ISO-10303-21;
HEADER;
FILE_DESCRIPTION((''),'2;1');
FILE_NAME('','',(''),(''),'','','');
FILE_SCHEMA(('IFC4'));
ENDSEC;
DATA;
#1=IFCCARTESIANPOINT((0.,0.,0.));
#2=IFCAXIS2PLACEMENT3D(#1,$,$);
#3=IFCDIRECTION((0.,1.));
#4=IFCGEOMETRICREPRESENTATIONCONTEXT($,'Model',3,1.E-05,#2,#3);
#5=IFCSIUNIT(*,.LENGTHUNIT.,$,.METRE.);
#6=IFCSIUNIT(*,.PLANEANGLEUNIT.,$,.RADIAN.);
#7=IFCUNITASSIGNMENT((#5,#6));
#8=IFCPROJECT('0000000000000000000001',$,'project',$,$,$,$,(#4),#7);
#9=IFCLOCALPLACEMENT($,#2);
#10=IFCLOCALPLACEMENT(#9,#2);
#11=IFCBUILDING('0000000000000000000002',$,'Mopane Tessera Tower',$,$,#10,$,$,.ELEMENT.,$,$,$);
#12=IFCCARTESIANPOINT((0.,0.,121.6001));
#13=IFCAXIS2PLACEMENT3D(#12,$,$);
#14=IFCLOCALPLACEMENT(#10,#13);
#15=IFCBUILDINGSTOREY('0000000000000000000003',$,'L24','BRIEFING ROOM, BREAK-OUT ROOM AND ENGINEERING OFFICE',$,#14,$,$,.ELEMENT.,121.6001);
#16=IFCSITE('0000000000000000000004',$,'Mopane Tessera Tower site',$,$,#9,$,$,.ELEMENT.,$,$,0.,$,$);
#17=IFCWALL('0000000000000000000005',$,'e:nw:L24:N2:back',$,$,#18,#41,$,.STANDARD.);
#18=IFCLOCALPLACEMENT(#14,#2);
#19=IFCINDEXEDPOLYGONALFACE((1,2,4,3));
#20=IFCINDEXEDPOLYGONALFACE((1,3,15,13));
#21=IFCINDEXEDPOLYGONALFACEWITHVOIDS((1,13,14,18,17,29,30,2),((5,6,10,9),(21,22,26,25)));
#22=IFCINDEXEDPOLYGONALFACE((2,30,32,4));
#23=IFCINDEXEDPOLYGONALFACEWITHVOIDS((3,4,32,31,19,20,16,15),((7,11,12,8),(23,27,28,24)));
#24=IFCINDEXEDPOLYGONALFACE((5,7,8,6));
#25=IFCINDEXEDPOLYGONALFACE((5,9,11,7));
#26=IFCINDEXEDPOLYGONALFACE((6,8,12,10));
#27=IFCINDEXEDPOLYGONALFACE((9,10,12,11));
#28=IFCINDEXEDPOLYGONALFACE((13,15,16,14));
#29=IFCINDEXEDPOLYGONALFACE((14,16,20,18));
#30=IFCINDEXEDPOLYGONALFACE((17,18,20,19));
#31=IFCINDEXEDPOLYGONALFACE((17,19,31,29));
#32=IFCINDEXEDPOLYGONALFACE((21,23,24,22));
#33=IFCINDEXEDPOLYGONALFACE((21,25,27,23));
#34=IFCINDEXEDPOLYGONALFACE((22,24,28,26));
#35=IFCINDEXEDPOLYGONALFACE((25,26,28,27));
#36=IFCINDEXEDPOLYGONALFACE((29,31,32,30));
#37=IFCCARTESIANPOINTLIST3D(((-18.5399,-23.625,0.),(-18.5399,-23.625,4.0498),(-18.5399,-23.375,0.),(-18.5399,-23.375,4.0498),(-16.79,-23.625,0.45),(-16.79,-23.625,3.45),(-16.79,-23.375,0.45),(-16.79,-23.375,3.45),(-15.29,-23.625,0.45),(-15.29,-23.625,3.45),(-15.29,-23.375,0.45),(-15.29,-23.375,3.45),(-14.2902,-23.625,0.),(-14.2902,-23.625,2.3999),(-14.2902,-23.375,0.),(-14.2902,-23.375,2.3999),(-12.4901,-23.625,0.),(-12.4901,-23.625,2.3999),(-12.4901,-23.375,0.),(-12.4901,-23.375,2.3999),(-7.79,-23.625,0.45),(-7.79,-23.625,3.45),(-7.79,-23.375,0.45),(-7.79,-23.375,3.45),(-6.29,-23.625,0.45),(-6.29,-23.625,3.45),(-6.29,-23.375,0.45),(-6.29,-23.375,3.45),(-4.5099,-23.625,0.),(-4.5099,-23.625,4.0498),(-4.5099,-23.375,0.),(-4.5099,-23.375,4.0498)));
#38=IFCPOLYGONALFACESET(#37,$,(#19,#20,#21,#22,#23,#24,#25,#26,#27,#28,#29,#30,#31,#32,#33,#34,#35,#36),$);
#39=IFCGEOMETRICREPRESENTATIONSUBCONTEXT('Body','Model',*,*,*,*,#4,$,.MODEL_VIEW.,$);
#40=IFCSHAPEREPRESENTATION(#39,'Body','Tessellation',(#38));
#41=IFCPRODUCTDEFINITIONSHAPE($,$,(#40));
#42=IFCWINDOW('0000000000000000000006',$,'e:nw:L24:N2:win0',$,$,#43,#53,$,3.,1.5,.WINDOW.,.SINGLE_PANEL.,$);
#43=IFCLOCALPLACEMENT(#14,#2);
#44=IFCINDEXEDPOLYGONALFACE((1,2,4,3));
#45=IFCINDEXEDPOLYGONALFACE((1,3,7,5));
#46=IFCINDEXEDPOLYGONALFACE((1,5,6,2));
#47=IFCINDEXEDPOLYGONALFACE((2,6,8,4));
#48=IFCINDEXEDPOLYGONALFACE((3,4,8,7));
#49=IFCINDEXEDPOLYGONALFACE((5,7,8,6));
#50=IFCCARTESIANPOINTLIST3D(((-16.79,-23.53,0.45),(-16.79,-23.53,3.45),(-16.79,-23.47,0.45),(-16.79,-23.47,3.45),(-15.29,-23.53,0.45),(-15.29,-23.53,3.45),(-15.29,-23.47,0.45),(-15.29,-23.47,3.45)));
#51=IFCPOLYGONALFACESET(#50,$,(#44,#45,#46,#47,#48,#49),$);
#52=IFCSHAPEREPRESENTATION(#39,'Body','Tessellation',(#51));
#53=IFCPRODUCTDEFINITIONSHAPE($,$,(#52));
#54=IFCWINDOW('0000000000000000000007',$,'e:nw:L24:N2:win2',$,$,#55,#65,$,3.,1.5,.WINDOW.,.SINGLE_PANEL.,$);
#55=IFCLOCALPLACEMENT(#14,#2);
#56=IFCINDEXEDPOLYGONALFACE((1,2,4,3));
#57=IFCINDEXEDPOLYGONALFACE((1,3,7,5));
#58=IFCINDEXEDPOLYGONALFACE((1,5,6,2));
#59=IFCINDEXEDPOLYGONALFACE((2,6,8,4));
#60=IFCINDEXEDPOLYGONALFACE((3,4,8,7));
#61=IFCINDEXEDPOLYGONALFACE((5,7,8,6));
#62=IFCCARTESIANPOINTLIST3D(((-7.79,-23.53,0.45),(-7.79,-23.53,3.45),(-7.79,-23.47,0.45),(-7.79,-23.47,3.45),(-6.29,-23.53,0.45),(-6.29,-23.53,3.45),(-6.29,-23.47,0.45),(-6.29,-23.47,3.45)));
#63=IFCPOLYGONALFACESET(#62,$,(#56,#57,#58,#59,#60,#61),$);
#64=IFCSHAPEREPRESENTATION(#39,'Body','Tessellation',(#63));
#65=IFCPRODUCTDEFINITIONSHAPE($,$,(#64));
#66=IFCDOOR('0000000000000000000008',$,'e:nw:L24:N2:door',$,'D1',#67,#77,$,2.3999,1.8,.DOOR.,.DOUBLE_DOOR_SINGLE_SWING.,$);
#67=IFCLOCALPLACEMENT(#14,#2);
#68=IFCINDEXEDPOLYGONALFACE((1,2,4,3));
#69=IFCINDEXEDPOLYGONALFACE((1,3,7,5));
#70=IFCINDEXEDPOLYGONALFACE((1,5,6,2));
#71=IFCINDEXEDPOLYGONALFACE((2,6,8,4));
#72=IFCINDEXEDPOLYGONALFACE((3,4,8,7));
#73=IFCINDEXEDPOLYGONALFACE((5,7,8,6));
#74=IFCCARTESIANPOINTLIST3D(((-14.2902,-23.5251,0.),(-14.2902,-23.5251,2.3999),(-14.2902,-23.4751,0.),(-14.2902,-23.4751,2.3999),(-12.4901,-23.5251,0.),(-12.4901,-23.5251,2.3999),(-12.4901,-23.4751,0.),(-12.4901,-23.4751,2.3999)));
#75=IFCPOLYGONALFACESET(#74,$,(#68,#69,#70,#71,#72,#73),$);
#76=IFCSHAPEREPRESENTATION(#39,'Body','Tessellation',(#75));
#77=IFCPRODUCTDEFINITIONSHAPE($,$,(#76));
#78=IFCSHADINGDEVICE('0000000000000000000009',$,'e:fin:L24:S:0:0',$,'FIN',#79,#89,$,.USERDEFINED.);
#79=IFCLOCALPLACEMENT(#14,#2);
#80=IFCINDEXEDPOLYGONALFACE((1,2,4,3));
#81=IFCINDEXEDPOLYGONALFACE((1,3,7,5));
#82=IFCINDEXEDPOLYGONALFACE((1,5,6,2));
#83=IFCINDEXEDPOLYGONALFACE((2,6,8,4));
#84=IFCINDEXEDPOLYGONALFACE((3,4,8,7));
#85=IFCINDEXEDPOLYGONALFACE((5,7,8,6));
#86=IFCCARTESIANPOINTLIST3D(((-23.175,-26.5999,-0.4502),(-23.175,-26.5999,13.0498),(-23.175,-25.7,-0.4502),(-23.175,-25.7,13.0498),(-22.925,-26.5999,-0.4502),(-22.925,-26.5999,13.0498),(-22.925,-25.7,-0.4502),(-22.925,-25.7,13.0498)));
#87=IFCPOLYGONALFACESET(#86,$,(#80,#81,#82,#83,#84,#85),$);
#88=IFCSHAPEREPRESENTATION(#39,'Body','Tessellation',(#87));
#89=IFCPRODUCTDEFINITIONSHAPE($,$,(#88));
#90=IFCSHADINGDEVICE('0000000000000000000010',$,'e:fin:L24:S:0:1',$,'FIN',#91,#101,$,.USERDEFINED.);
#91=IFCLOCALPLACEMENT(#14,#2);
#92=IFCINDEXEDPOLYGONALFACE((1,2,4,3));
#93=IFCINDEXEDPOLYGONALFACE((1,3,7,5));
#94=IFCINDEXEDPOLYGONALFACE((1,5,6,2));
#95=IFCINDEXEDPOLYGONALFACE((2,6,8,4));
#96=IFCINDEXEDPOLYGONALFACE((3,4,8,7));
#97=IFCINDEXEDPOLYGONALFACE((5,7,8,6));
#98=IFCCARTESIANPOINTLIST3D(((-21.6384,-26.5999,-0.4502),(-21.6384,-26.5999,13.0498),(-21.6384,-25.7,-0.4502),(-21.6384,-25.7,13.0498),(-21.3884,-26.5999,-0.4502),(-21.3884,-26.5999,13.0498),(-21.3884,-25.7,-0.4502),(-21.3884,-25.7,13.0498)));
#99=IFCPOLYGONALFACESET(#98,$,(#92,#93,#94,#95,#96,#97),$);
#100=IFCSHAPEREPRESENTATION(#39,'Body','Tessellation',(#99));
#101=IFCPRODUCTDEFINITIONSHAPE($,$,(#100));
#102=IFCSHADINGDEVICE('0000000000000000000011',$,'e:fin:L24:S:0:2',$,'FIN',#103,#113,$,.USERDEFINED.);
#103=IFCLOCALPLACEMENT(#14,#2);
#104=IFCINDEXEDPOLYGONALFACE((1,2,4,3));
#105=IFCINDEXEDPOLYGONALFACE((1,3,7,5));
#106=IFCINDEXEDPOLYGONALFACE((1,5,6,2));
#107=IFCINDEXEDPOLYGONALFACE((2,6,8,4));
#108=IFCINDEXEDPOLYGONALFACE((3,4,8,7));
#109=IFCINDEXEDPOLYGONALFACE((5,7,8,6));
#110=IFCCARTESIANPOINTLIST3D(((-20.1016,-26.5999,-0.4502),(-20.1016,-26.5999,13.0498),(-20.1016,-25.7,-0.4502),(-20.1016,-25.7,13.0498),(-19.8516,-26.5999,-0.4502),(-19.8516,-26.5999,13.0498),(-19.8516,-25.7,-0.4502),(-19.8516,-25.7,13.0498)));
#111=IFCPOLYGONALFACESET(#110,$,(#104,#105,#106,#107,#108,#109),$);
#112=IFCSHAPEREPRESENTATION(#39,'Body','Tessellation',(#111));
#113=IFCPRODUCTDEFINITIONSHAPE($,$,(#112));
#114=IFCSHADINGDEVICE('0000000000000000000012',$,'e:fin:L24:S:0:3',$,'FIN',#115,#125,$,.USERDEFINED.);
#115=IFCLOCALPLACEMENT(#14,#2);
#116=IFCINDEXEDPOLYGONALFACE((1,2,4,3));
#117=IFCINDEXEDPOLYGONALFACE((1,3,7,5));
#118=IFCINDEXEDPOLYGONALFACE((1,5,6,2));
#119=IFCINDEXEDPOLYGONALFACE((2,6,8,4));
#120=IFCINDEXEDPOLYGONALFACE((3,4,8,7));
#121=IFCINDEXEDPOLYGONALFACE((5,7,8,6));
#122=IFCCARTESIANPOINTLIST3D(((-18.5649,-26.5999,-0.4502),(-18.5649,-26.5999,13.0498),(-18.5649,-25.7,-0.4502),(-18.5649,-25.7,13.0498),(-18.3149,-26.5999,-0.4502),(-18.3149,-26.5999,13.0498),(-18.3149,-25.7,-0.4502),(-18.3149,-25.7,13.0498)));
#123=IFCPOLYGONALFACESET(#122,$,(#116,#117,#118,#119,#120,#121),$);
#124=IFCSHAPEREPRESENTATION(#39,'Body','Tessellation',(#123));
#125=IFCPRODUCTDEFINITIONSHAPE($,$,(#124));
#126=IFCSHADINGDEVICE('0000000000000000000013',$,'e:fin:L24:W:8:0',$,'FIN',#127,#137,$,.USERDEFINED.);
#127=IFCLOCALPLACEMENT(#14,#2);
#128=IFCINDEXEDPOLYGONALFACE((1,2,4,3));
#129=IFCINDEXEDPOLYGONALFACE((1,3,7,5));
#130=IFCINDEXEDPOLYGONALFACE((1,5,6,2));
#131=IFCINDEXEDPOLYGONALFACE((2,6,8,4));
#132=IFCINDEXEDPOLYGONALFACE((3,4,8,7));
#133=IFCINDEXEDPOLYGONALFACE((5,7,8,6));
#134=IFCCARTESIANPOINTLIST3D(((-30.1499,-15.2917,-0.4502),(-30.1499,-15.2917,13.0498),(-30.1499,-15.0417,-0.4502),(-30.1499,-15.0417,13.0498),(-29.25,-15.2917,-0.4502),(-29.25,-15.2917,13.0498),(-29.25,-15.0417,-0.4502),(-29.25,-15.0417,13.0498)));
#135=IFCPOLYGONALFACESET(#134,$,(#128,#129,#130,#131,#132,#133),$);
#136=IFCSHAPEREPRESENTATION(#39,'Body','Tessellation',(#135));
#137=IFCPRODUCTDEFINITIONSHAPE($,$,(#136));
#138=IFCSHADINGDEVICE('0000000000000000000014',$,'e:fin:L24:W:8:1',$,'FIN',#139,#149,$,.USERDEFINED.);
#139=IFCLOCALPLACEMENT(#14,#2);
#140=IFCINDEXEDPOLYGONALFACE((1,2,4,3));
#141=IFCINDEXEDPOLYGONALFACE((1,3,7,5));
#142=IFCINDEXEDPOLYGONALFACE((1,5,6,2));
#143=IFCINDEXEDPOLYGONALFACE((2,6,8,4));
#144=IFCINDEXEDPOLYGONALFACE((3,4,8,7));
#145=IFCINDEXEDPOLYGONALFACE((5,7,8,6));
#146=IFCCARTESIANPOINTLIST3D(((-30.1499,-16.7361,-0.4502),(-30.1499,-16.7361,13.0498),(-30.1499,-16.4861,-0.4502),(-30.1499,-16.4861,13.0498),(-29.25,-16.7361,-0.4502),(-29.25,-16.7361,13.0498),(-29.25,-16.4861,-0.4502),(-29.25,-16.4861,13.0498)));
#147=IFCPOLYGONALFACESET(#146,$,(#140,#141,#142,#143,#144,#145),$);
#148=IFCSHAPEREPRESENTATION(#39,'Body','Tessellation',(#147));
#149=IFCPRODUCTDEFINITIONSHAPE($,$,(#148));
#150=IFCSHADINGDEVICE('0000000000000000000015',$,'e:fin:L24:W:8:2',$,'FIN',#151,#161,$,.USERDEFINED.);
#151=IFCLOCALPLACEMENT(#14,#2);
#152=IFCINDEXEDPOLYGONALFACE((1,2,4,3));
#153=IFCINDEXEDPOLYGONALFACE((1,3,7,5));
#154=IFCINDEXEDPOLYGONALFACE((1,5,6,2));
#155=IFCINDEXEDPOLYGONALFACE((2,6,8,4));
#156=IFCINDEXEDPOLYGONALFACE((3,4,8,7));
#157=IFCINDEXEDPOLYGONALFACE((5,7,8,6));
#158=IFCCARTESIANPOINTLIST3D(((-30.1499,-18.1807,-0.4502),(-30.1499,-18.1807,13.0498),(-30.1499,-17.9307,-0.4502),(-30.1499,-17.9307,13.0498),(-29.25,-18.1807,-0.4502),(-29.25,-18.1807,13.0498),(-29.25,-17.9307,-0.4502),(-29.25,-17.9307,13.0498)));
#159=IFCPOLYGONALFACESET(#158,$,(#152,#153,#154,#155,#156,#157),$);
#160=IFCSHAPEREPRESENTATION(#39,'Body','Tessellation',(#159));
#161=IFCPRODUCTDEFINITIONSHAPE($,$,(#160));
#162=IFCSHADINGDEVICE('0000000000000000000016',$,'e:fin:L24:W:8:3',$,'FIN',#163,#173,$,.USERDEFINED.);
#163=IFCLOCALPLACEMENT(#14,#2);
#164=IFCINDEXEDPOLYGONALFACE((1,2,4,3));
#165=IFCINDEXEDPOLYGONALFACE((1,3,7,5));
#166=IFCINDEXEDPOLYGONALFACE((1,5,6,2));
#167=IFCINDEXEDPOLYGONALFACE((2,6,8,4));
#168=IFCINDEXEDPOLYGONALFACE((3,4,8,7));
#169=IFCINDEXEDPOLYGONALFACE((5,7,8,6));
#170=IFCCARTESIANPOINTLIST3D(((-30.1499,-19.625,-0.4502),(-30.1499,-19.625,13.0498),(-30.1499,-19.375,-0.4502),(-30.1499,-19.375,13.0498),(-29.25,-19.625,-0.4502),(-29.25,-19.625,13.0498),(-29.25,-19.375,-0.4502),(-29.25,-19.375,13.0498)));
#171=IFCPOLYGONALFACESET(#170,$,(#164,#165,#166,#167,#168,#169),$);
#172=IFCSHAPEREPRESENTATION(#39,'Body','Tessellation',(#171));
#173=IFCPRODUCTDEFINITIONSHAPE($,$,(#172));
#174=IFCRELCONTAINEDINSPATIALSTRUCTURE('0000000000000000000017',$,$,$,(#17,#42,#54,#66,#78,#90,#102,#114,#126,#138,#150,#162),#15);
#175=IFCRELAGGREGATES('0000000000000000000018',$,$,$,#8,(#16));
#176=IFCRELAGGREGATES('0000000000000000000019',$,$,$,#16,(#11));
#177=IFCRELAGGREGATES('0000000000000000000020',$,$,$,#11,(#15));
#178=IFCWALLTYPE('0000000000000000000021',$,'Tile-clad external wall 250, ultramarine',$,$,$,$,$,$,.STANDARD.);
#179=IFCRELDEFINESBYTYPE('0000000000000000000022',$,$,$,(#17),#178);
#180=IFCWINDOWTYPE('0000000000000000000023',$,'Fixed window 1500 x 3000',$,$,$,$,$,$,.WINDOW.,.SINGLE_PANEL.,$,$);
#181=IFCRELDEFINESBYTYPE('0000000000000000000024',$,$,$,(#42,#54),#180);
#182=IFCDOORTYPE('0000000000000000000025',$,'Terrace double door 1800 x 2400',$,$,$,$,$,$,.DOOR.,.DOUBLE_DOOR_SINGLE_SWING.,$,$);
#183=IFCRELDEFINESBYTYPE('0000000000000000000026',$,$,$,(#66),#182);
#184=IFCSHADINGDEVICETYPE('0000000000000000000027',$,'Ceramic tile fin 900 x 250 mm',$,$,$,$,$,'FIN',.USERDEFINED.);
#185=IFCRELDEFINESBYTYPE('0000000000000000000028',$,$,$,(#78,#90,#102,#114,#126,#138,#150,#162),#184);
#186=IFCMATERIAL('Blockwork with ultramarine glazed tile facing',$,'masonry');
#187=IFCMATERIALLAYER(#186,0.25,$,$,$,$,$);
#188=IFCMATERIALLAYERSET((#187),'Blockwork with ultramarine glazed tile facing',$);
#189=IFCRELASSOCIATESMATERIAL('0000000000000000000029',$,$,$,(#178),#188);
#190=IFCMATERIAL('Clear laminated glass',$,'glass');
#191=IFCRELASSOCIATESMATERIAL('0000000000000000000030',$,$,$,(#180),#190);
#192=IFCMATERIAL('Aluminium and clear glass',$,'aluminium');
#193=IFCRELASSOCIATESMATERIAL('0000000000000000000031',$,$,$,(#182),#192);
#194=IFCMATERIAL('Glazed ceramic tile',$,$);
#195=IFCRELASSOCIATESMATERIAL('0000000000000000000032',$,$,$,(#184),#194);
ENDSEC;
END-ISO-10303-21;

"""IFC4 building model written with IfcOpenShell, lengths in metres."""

from ifc_helpers import new_model, si_unit, direction, frame, frame_2d, origin, origin_2d, place, context, subcontext, project, spatial, rectangle, extrude, material, layer, layer_set, type_object, element, fill, save


model = new_model("IFC4")

# Units and contexts
model_context = context("Model", 3, precision=1e-05, world=origin(), true_north=direction((0.0, 1.0)))
body_context = subcontext(model_context, "Body", "Model", "MODEL_VIEW")
ifc_project = project(units=[si_unit("LENGTHUNIT", "METRE"), si_unit("PLANEANGLEUNIT", "RADIAN")], contexts=[model_context])

# Site, building, storey
site_placement = place(None, origin())
site = spatial("IfcSite", under=ifc_project, at=site_placement, Name="Mopane Tessera Tower site", CompositionType="ELEMENT", RefElevation=0.0)
building_placement = place(site_placement, origin())
building = spatial("IfcBuilding", under=site, at=building_placement, Name="Mopane Tessera Tower", CompositionType="ELEMENT")
storey_placement = place(building_placement, frame((0.0, 0.0, 121.6001)))
storey = spatial("IfcBuildingStorey", under=building, at=storey_placement, Name="L24", Description="BRIEFING ROOM, BREAK-OUT ROOM AND ENGINEERING OFFICE", CompositionType="ELEMENT", Elevation=121.6001)

# Wall, openings, windows, door
ifc_material_1 = material(Name="Blockwork with ultramarine glazed tile facing", Category="masonry")
ifc_layer_1 = layer(ifc_material_1, 0.25)
ifc_layer_set_1 = layer_set([ifc_layer_1], Name="Blockwork with ultramarine glazed tile facing")
wall_type_1 = type_object("IfcWallType", Name="Tile-clad external wall 250, ultramarine", PredefinedType="STANDARD", material=ifc_layer_set_1)
wall_1_placement = place(storey_placement, frame((-18.54, -23.5, 0.0), z_axis=(0.0, 0.0, 1.0), x_axis=(1.0, 0.0, 0.0)))
wall_1 = element("IfcWall", 1, at=wall_1_placement, inside=storey, type_object=wall_type_1, Name="e:nw:L24:N2:back", PredefinedType="STANDARD", context=body_context, shape_type="SweptSolid", body=[
    extrude(rectangle(XDim=14.03, YDim=0.25, at=frame_2d((7.0151, 0.0))), origin(), (0.0, 0.0, 1.0), 4.0498),
])
opening_1_placement = place(wall_1_placement, frame((1.75, 0.0, 0.45)))
opening_1 = element("IfcOpeningElement", 2, at=opening_1_placement, cuts=wall_1, PredefinedType="OPENING", context=body_context, shape_type="SweptSolid", body=[
    extrude(rectangle(XDim=1.5, YDim=3.0, at=frame_2d((0.75, 1.5))), frame((0.0, 0.137, 0.0), z_axis=(0.0, -1.0, 0.0), x_axis=(1.0, 0.0, 0.0)), (0.0, 0.0, 1.0), 0.2739),
])
opening_2_placement = place(wall_1_placement, frame((4.25, 0.0, 0.0)))
opening_2 = element("IfcOpeningElement", 3, at=opening_2_placement, cuts=wall_1, PredefinedType="OPENING", context=body_context, shape_type="SweptSolid", body=[
    extrude(rectangle(XDim=1.8, YDim=2.3999, at=frame_2d((0.8999, 1.2))), frame((0.0, 0.137, 0.0), z_axis=(0.0, -1.0, 0.0), x_axis=(1.0, 0.0, 0.0)), (0.0, 0.0, 1.0), 0.2739),
])
opening_3_placement = place(wall_1_placement, frame((10.75, 0.0, 0.45)))
opening_3 = element("IfcOpeningElement", 4, at=opening_3_placement, cuts=wall_1, PredefinedType="OPENING", context=body_context, shape_type="SweptSolid", body=[
    extrude(rectangle(XDim=1.5, YDim=3.0, at=frame_2d((0.75, 1.5))), frame((0.0, 0.137, 0.0), z_axis=(0.0, -1.0, 0.0), x_axis=(1.0, 0.0, 0.0)), (0.0, 0.0, 1.0), 0.2739),
])
ifc_material_2 = material(Name="Clear laminated glass", Category="glass")
window_type = type_object("IfcWindowType", Name="Fixed window 1500 x 3000", PartitioningType="SINGLE_PANEL", PredefinedType="WINDOW", material=ifc_material_2)
window_1_placement = place(opening_1_placement, origin())
window_1 = element("IfcWindow", 5, at=window_1_placement, inside=storey, type_object=window_type, Name="e:nw:L24:N2:win0", OverallHeight=3.0, OverallWidth=1.5, PartitioningType="SINGLE_PANEL", PredefinedType="WINDOW", context=body_context, shape_type="SweptSolid", body=[
    extrude(rectangle(XDim=1.5, YDim=3.0, at=frame_2d((0.75, 1.5))), frame((0.0, 0.03, 0.0), z_axis=(0.0, -1.0, 0.0), x_axis=(1.0, 0.0, 0.0)), (0.0, 0.0, 1.0), 0.0601),
])
fill(opening_1, window_1)
window_2_placement = place(opening_3_placement, origin())
window_2 = element("IfcWindow", 6, at=window_2_placement, inside=storey, type_object=window_type, Name="e:nw:L24:N2:win2", OverallHeight=3.0, OverallWidth=1.5, PartitioningType="SINGLE_PANEL", PredefinedType="WINDOW", context=body_context, shape_type="SweptSolid", body=[
    extrude(rectangle(XDim=1.5, YDim=3.0, at=frame_2d((0.75, 1.5))), frame((0.0, 0.03, 0.0), z_axis=(0.0, -1.0, 0.0), x_axis=(1.0, 0.0, 0.0)), (0.0, 0.0, 1.0), 0.0601),
])
fill(opening_3, window_2)
ifc_material_3 = material(Name="Aluminium and clear glass", Category="aluminium")
door_type_1 = type_object("IfcDoorType", Name="Terrace double door 1800 x 2400", OperationType="DOUBLE_DOOR_SINGLE_SWING", PredefinedType="DOOR", material=ifc_material_3)
door_1_placement = place(opening_2_placement, origin())
door_1 = element("IfcDoor", 7, at=door_1_placement, inside=storey, type_object=door_type_1, Name="e:nw:L24:N2:door", ObjectType="D1", OperationType="DOUBLE_DOOR_SINGLE_SWING", OverallHeight=2.3999, OverallWidth=1.8, PredefinedType="DOOR", context=body_context, shape_type="SweptSolid", body=[
    extrude(rectangle(XDim=1.8, YDim=2.3999, at=frame_2d((0.8999, 1.2))), frame((0.0, 0.0249, 0.0), z_axis=(0.0, -1.0, 0.0), x_axis=(1.0, 0.0, 0.0)), (0.0, 0.0, 1.0), 0.05),
])
fill(opening_2, door_1)

# Shading devices
ifc_material_4 = material(Name="Glazed ceramic tile")
shading_device_type = type_object("IfcShadingDeviceType", Name="Ceramic tile fin 900 x 250 mm", ElementType="FIN", PredefinedType="USERDEFINED", material=ifc_material_4)
for number, where, z_axis, x_axis, name in (
    (8, (-23.05, -26.1499, -0.4502), (0.0, 0.0, 1.0), (1.0, 0.0, 0.0), "e:fin:L24:S:0:0"),
    (9, (-21.5134, -26.1499, -0.4502), (0.0, 0.0, 1.0), (1.0, 0.0, 0.0), "e:fin:L24:S:0:1"),
    (10, (-19.9766, -26.1499, -0.4502), (0.0, 0.0, 1.0), (1.0, 0.0, 0.0), "e:fin:L24:S:0:2"),
    (11, (-18.4399, -26.1499, -0.4502), (0.0, 0.0, 1.0), (1.0, 0.0, 0.0), "e:fin:L24:S:0:3"),
    (12, (-29.7, -15.1667, -0.4502), (0.0, 0.0, 1.0), (0.0, -1.0, 0.0), "e:fin:L24:W:8:0"),
    (13, (-29.7, -16.6111, -0.4502), (0.0, 0.0, 1.0), (0.0, -1.0, 0.0), "e:fin:L24:W:8:1"),
    (14, (-29.7, -18.0557, -0.4502), (0.0, 0.0, 1.0), (0.0, -1.0, 0.0), "e:fin:L24:W:8:2"),
    (15, (-29.7, -19.5, -0.4502), (0.0, 0.0, 1.0), (0.0, -1.0, 0.0), "e:fin:L24:W:8:3"),
):
    element("IfcShadingDevice", number, at=place(storey_placement, frame(where, z_axis=z_axis, x_axis=x_axis)), inside=storey, type_object=shading_device_type, Name=name, ObjectType="FIN", PredefinedType="USERDEFINED", context=body_context, shape_type="SweptSolid", body=[
        extrude(rectangle(XDim=0.25, YDim=0.8999, at=origin_2d()), origin(), (0.0, 0.0, 1.0), 13.5),
    ])

save(model, "model.ifc")
